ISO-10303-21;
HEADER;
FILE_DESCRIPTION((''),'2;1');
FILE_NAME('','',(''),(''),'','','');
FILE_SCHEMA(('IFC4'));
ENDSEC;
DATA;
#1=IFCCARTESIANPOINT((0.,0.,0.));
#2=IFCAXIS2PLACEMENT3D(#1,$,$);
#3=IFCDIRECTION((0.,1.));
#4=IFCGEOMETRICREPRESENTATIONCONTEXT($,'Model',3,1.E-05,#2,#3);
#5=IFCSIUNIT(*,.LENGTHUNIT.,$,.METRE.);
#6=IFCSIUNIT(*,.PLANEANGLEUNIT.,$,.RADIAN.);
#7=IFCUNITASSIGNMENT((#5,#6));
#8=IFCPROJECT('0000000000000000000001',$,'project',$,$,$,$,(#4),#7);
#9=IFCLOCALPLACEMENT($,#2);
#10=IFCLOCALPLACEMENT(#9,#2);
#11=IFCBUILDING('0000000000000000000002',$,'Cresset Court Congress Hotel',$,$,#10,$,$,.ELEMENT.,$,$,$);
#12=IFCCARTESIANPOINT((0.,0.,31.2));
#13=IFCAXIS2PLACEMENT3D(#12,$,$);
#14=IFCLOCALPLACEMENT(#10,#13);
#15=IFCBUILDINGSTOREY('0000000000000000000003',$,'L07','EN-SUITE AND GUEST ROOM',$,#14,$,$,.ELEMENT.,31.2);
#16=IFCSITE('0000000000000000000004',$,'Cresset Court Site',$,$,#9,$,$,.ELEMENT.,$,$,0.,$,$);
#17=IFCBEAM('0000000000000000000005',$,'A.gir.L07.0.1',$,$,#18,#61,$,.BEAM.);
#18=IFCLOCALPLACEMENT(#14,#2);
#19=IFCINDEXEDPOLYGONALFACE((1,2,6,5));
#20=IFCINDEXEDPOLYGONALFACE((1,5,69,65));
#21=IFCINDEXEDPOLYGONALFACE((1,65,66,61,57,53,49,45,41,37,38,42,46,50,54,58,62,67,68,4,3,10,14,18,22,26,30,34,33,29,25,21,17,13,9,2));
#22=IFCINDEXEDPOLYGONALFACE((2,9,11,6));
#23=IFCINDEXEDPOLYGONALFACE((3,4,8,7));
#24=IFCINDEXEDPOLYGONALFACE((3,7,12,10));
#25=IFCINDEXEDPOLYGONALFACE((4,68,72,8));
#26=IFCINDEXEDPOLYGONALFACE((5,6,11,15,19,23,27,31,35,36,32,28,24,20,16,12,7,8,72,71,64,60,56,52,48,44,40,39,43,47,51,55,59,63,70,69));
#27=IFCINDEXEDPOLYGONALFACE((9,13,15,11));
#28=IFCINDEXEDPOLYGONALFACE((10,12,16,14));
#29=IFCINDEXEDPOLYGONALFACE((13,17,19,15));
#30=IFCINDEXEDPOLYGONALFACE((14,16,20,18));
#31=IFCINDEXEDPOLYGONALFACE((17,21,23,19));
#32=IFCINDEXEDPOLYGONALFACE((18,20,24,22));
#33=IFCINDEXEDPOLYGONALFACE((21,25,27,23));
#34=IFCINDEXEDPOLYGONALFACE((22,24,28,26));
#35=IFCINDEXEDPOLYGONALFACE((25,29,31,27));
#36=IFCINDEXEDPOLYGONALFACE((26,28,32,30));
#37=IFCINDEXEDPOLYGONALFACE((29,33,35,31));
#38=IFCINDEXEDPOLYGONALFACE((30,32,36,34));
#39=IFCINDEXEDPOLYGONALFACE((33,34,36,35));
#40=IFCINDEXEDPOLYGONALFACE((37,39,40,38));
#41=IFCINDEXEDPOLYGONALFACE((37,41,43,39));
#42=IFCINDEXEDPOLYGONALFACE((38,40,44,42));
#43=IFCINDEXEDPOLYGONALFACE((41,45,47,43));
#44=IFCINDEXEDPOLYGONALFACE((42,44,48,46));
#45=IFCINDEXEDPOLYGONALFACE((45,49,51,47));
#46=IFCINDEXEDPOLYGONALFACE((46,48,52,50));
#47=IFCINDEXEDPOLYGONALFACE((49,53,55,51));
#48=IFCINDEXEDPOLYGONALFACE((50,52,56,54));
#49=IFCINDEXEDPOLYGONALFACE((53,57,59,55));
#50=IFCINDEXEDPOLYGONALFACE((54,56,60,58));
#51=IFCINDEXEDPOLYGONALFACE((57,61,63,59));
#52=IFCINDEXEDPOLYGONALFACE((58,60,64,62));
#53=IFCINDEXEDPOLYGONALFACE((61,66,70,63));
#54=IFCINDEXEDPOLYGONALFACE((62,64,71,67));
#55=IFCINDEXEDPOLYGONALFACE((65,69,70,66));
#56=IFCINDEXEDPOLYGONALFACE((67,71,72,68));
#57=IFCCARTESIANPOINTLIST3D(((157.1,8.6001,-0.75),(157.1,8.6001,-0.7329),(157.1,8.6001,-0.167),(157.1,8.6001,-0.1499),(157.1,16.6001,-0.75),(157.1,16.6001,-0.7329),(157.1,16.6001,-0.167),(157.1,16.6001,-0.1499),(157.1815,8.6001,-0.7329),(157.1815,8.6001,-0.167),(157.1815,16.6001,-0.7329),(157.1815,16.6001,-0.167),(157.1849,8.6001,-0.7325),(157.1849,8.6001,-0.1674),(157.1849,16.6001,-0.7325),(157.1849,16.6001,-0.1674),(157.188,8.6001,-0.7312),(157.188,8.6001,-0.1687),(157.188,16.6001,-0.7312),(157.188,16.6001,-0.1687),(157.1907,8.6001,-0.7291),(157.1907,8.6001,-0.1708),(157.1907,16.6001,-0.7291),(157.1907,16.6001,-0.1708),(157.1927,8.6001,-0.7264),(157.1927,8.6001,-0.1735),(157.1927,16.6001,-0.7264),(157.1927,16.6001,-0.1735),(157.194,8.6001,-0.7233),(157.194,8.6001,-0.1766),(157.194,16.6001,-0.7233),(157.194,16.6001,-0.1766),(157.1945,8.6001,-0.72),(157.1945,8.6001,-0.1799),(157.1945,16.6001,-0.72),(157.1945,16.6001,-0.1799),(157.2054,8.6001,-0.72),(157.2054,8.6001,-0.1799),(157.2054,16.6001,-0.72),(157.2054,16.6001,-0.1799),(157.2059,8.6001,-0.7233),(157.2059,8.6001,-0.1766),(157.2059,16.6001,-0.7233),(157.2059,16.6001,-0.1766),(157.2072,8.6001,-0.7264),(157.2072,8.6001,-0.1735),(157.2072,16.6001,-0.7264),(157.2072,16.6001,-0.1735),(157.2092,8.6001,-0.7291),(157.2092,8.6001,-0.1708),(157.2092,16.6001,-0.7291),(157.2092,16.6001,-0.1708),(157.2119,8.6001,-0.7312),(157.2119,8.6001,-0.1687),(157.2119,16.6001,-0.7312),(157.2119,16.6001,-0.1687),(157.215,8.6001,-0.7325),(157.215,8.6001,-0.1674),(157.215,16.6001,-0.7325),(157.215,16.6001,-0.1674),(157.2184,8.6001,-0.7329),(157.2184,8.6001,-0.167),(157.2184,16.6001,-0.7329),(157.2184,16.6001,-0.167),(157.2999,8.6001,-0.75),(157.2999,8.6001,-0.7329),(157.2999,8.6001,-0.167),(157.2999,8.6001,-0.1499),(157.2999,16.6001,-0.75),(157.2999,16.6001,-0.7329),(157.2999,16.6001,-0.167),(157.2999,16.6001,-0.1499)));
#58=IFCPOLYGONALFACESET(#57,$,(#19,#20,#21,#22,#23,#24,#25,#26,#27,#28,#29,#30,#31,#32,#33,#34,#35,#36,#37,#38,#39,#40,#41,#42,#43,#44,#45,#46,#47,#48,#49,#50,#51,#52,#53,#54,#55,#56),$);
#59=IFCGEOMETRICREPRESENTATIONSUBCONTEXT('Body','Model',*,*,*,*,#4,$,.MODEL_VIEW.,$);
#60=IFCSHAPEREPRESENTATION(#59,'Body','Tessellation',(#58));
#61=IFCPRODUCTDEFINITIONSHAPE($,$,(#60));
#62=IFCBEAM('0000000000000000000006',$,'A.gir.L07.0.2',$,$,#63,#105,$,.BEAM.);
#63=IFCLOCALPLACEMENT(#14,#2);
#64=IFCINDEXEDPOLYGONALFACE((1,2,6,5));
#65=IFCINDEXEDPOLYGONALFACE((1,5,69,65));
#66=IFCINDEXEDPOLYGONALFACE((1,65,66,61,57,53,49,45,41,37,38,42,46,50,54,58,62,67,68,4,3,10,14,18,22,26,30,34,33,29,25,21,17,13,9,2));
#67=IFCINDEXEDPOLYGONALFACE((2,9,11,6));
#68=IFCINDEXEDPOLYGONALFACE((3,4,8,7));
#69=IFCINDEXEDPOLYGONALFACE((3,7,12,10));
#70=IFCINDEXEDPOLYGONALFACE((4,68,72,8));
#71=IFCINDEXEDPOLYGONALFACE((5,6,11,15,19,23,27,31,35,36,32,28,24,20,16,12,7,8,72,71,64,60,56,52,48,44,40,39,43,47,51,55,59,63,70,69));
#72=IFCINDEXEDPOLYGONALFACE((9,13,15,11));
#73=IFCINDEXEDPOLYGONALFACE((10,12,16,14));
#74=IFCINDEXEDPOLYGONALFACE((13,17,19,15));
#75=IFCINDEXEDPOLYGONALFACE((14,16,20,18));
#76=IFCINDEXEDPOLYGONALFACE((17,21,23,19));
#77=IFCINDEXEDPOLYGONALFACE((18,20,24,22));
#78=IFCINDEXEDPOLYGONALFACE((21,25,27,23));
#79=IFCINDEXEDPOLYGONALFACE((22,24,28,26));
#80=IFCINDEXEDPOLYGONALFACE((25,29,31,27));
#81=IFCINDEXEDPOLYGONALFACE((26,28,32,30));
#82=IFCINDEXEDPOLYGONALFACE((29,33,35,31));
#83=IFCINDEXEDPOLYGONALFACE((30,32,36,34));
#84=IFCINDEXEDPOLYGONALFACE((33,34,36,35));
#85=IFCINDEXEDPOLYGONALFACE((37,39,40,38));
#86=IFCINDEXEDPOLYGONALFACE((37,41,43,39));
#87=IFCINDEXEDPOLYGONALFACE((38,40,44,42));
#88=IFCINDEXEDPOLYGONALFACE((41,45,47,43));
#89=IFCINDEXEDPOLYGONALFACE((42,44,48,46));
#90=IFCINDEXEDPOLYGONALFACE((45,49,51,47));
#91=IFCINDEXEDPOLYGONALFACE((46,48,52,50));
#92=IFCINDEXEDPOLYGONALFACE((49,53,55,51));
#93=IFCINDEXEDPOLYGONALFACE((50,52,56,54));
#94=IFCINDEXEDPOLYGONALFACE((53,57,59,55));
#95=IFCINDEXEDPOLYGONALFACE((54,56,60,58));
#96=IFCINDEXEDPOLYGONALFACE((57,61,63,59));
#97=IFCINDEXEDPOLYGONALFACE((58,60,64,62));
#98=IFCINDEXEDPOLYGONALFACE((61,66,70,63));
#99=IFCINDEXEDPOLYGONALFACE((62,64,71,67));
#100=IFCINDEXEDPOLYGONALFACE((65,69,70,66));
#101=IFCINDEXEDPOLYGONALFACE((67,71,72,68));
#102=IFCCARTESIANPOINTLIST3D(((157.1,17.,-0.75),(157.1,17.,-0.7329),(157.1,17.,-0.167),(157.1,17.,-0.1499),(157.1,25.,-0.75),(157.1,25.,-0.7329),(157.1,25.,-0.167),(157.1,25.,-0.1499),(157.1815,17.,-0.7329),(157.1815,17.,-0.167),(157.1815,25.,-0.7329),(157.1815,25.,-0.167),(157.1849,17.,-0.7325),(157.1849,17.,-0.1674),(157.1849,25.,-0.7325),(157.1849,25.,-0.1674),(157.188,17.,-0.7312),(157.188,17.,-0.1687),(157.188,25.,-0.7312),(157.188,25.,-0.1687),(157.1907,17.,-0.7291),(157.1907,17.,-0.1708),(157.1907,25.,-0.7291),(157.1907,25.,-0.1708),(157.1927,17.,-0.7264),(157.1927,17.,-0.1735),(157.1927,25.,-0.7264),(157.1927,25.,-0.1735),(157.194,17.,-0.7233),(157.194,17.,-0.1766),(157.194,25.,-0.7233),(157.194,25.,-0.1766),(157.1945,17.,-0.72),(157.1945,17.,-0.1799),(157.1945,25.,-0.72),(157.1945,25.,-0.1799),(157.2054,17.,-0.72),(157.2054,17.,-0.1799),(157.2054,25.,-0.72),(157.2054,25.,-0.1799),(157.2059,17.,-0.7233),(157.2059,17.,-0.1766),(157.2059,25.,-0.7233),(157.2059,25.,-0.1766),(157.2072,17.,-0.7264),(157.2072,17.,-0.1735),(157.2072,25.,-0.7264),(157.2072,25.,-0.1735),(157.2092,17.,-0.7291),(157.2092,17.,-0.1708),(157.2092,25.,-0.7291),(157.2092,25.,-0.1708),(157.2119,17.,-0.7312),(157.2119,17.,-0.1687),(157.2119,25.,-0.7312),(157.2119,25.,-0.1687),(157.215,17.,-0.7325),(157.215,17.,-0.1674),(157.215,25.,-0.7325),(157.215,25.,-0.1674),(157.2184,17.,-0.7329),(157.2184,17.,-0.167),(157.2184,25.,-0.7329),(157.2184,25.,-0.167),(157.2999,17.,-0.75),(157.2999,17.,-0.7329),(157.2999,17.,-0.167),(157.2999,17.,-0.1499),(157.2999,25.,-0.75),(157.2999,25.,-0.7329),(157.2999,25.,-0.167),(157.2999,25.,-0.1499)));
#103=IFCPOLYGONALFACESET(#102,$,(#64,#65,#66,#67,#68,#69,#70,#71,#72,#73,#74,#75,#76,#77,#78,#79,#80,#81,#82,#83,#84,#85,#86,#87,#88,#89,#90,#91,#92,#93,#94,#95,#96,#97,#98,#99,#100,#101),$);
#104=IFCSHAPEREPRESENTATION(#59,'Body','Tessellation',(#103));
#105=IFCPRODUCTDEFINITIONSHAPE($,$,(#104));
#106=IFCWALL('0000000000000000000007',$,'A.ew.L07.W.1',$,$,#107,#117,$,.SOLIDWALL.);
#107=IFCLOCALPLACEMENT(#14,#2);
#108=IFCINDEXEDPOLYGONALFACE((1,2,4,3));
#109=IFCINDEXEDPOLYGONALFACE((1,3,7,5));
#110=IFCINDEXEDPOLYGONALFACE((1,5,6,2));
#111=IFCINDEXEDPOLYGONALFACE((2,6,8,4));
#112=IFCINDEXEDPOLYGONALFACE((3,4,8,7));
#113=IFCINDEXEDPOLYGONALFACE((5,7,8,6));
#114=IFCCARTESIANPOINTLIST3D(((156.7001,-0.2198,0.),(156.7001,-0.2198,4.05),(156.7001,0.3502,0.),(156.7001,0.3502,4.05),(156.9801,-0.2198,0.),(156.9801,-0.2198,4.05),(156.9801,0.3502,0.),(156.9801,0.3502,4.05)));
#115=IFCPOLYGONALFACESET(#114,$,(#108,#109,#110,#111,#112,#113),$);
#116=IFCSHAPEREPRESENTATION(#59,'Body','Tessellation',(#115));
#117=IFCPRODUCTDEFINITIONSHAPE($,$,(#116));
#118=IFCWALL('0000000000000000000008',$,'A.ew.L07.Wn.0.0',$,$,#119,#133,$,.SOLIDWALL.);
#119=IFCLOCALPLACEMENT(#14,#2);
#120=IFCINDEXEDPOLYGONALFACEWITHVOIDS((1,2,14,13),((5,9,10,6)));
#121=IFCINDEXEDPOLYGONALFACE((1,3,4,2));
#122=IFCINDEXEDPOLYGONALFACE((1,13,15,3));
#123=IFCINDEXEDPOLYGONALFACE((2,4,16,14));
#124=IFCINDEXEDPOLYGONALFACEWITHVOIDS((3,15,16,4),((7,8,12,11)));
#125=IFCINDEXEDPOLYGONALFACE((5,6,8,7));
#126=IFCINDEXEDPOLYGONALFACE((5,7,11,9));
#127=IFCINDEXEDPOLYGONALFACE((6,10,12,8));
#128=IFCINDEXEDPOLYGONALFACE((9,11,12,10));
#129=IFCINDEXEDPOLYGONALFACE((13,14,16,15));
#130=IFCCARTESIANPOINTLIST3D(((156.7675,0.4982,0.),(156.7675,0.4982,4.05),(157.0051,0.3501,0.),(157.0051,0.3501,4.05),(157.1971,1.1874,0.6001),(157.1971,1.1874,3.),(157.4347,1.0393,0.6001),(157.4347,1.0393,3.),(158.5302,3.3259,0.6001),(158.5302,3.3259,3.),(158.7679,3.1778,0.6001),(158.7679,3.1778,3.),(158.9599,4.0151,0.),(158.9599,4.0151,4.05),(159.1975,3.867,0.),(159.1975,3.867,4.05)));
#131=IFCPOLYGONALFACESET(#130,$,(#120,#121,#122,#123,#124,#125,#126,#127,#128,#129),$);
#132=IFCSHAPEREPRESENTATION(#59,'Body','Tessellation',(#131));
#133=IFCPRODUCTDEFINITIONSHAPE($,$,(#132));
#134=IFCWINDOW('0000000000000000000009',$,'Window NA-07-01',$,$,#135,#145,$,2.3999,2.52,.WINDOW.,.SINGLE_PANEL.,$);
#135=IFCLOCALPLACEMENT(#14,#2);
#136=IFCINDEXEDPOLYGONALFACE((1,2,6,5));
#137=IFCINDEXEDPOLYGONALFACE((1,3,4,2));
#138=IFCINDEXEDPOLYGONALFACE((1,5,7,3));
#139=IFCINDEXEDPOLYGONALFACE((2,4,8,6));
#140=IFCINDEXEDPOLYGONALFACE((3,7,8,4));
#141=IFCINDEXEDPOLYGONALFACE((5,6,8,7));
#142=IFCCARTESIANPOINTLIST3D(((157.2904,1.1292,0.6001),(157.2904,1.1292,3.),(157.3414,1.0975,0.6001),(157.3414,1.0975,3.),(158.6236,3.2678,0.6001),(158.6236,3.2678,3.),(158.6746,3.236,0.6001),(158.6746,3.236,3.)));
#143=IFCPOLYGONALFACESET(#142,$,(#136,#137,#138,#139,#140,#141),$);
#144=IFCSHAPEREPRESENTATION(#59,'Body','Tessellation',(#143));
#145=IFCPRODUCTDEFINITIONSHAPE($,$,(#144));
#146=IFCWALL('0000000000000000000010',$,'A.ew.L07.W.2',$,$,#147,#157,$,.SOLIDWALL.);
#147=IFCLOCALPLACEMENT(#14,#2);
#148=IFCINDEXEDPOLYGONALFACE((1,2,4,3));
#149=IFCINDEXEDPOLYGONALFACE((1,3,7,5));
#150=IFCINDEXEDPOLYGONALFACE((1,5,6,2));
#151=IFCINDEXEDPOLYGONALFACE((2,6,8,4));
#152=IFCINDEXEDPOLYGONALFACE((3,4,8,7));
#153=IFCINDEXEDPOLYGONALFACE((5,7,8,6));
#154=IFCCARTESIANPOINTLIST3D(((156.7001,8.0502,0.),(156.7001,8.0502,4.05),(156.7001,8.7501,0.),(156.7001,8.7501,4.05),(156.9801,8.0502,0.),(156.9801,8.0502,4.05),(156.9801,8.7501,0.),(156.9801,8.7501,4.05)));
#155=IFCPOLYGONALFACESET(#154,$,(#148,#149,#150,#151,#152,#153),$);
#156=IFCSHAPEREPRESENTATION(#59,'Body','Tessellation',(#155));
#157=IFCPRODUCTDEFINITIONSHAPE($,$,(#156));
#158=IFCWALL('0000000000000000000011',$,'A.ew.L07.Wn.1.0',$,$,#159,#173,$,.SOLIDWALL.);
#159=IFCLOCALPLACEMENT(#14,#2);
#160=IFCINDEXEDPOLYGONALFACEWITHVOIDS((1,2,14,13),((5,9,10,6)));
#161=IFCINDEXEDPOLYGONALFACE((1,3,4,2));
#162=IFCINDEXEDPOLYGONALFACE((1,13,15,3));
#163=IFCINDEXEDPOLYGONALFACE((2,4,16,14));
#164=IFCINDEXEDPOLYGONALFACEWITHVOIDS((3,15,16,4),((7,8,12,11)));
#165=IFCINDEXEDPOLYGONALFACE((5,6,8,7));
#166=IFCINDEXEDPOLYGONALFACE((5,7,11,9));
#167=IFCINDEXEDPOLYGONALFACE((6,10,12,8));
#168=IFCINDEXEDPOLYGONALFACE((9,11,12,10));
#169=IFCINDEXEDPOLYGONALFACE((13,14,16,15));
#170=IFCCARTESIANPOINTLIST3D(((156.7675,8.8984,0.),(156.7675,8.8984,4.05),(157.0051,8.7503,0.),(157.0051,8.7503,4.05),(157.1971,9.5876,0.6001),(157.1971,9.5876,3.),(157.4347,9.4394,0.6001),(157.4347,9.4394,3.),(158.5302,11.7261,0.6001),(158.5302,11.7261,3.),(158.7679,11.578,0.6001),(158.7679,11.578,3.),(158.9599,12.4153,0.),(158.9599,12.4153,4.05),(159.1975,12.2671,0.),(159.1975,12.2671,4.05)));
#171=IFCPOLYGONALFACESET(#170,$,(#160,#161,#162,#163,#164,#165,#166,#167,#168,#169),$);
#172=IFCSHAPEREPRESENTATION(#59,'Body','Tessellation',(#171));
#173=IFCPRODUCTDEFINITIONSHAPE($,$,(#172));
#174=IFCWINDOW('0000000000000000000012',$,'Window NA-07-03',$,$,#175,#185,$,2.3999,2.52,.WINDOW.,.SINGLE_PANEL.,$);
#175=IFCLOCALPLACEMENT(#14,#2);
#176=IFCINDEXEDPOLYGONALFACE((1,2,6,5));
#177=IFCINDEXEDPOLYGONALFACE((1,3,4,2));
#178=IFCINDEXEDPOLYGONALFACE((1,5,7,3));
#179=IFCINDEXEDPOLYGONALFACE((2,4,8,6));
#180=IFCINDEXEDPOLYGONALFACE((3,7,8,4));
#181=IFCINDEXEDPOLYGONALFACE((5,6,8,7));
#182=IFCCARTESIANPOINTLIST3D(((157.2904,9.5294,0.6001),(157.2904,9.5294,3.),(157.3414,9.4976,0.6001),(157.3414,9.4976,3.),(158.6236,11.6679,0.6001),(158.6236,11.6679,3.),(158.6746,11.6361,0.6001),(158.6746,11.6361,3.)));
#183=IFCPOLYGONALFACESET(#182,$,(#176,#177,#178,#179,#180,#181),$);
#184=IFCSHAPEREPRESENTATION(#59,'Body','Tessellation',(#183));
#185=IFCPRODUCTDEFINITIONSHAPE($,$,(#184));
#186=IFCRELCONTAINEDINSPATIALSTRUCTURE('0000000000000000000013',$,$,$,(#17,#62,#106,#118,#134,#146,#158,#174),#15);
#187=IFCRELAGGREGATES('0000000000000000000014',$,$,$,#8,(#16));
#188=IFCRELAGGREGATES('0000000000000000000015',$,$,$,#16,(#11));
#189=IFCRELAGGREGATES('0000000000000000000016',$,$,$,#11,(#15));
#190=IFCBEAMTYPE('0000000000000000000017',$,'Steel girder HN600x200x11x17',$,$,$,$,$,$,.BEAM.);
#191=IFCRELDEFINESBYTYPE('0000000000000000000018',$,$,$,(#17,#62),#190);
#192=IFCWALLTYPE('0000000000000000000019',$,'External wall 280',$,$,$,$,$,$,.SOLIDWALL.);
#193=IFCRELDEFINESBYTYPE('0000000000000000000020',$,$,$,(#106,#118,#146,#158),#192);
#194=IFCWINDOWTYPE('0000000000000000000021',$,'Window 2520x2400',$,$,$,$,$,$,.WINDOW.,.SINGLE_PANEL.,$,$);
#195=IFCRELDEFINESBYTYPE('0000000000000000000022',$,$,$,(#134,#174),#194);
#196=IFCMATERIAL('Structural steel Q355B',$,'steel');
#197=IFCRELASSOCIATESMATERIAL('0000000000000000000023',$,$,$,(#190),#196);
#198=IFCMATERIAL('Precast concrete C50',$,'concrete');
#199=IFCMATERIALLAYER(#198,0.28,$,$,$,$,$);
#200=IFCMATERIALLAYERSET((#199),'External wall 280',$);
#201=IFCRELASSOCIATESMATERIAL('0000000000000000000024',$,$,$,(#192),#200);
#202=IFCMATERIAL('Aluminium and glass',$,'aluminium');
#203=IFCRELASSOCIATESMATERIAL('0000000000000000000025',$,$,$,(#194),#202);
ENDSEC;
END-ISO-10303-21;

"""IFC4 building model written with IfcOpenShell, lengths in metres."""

from ifc_helpers import new_model, si_unit, direction, frame, frame_2d, origin, origin_2d, place, context, subcontext, project, spatial, rectangle, i_section, extrude, material, layer, layer_set, material_profile, profile_set, type_object, element, fill, save


model = new_model("IFC4")

# Units and contexts
model_context = context("Model", 3, precision=1e-05, world=origin(), true_north=direction((0.0, 1.0)))
body_context = subcontext(model_context, "Body", "Model", "MODEL_VIEW")
ifc_project = project(units=[si_unit("LENGTHUNIT", "METRE"), si_unit("PLANEANGLEUNIT", "RADIAN")], contexts=[model_context])

# Site, building, storey
site_placement = place(None, origin())
site = spatial("IfcSite", under=ifc_project, at=site_placement, Name="Cresset Court Site", CompositionType="ELEMENT", RefElevation=0.0)
building_placement = place(site_placement, origin())
building = spatial("IfcBuilding", under=site, at=building_placement, Name="Cresset Court Congress Hotel", CompositionType="ELEMENT")
storey_placement = place(building_placement, frame((0.0, 0.0, 31.2)))
storey = spatial("IfcBuildingStorey", under=building, at=storey_placement, Name="L07", Description="EN-SUITE AND GUEST ROOM", CompositionType="ELEMENT", Elevation=31.2)

# Beams
ifc_material_1 = material(Name="Structural steel Q355B", Category="steel")
ifc_material_profile_1 = material_profile(ifc_material_1, i_section(OverallWidth=0.2, OverallDepth=0.6001, WebThickness=0.011, FlangeThickness=0.0171, FilletRadius=0.0129, at=origin_2d()), Name="HN600x200x11x17")
ifc_profile_set_1 = profile_set([ifc_material_profile_1], Name="Structural steel Q355B")
beam_type = type_object("IfcBeamType", Name="Steel girder HN600x200x11x17", PredefinedType="BEAM", material=ifc_profile_set_1)
for number, where, z_axis, x_axis, name in (
    (1, (157.2, 8.6001, -0.45), (0.0, 1.0, 0.0), (-1.0, 0.0, 0.0), "A.gir.L07.0.1"),
    (2, (157.2, 17.0, -0.45), (0.0, 1.0, 0.0), (-1.0, 0.0, 0.0), "A.gir.L07.0.2"),
):
    element("IfcBeam", number, at=place(storey_placement, frame(where, z_axis=z_axis, x_axis=x_axis)), inside=storey, type_object=beam_type, Name=name, PredefinedType="BEAM", context=body_context, shape_type="SweptSolid", body=[
        extrude(i_section(OverallWidth=0.2, OverallDepth=0.6001, WebThickness=0.011, FlangeThickness=0.0171, FilletRadius=0.0129, at=origin_2d()), origin(), (0.0, 0.0, 1.0), 8.0),
    ])

# Wall
ifc_material_2 = material(Name="Precast concrete C50", Category="concrete")
ifc_layer_1 = layer(ifc_material_2, 0.28)
ifc_layer_set_1 = layer_set([ifc_layer_1], Name="External wall 280")
wall_type_1 = type_object("IfcWallType", Name="External wall 280", PredefinedType="SOLIDWALL", material=ifc_layer_set_1)
wall_1_placement = place(storey_placement, frame((156.8401, -0.22, 0.0), z_axis=(0.0, 0.0, 1.0), x_axis=(0.0, 1.0, 0.0)))
element("IfcWall", 3, at=wall_1_placement, inside=storey, type_object=wall_type_1, Name="A.ew.L07.W.1", PredefinedType="SOLIDWALL", context=body_context, shape_type="SweptSolid", body=[
    extrude(rectangle(XDim=0.5701, YDim=0.28, at=frame_2d((0.2852, 0.0))), origin(), (0.0, 0.0, 1.0), 4.05),
])

# Wall, opening, window
wall_2_placement = place(storey_placement, frame((156.8862, 0.4241, 0.0), z_axis=(0.0, 0.0, 1.0), x_axis=(0.529019, 0.84861, 0.0)))
wall_2 = element("IfcWall", 4, at=wall_2_placement, inside=storey, type_object=wall_type_1, Name="A.ew.L07.Wn.0.0", PredefinedType="SOLIDWALL", context=body_context, shape_type="SweptSolid", body=[
    extrude(rectangle(XDim=4.1443, YDim=0.28, at=frame_2d((2.0723, 0.0))), origin(), (0.0, 0.0, 1.0), 4.05),
])
opening_1_placement = place(wall_2_placement, frame((0.8123, 0.0, 0.6001)))
opening_1 = element("IfcOpeningElement", 5, at=opening_1_placement, cuts=wall_2, PredefinedType="OPENING", context=body_context, shape_type="SweptSolid", body=[
    extrude(rectangle(XDim=2.52, YDim=2.3999, at=frame_2d((1.26, 1.2))), frame((0.0, 0.1499, 0.0), z_axis=(0.0, -1.0, 0.0), x_axis=(1.0, 0.0, 0.0)), (0.0, 0.0, 1.0), 0.3),
])
ifc_material_3 = material(Name="Aluminium and glass", Category="aluminium")
window_type_1 = type_object("IfcWindowType", Name="Window 2520x2400", PartitioningType="SINGLE_PANEL", PredefinedType="WINDOW", material=ifc_material_3)
window_1_placement = place(opening_1_placement, origin())
window_1 = element("IfcWindow", 6, at=window_1_placement, inside=storey, type_object=window_type_1, Name="Window NA-07-01", OverallHeight=2.3999, OverallWidth=2.52, PartitioningType="SINGLE_PANEL", PredefinedType="WINDOW", context=body_context, shape_type="SweptSolid", body=[
    extrude(rectangle(XDim=2.52, YDim=2.3999, at=frame_2d((1.26, 1.2))), frame((0.0, 0.03, 0.0), z_axis=(0.0, -1.0, 0.0), x_axis=(1.0, 0.0, 0.0)), (0.0, 0.0, 1.0), 0.0601),
])
fill(opening_1, window_1)

# Wall
wall_3_placement = place(storey_placement, frame((156.8401, 8.05, 0.0), z_axis=(0.0, 0.0, 1.0), x_axis=(0.0, 1.0, 0.0)))
element("IfcWall", 7, at=wall_3_placement, inside=storey, type_object=wall_type_1, Name="A.ew.L07.W.2", PredefinedType="SOLIDWALL", context=body_context, shape_type="SweptSolid", body=[
    extrude(rectangle(XDim=0.7, YDim=0.28, at=frame_2d((0.3501, 0.0))), origin(), (0.0, 0.0, 1.0), 4.05),
])

# Wall, opening, window
wall_4_placement = place(storey_placement, frame((156.8862, 8.8242, 0.0), z_axis=(0.0, 0.0, 1.0), x_axis=(0.529019, 0.84861, 0.0)))
wall_4 = element("IfcWall", 8, at=wall_4_placement, inside=storey, type_object=wall_type_1, Name="A.ew.L07.Wn.1.0", PredefinedType="SOLIDWALL", context=body_context, shape_type="SweptSolid", body=[
    extrude(rectangle(XDim=4.1443, YDim=0.28, at=frame_2d((2.0723, 0.0))), origin(), (0.0, 0.0, 1.0), 4.05),
])
opening_2_placement = place(wall_4_placement, frame((0.8123, 0.0, 0.6001)))
opening_2 = element("IfcOpeningElement", 9, at=opening_2_placement, cuts=wall_4, PredefinedType="OPENING", context=body_context, shape_type="SweptSolid", body=[
    extrude(rectangle(XDim=2.52, YDim=2.3999, at=frame_2d((1.26, 1.2))), frame((0.0, 0.1499, 0.0), z_axis=(0.0, -1.0, 0.0), x_axis=(1.0, 0.0, 0.0)), (0.0, 0.0, 1.0), 0.3),
])
window_2_placement = place(opening_2_placement, origin())
window_2 = element("IfcWindow", 10, at=window_2_placement, inside=storey, type_object=window_type_1, Name="Window NA-07-03", OverallHeight=2.3999, OverallWidth=2.52, PartitioningType="SINGLE_PANEL", PredefinedType="WINDOW", context=body_context, shape_type="SweptSolid", body=[
    extrude(rectangle(XDim=2.52, YDim=2.3999, at=frame_2d((1.26, 1.2))), frame((0.0, 0.03, 0.0), z_axis=(0.0, -1.0, 0.0), x_axis=(1.0, 0.0, 0.0)), (0.0, 0.0, 1.0), 0.0601),
])
fill(opening_2, window_2)

save(model, "model.ifc")
